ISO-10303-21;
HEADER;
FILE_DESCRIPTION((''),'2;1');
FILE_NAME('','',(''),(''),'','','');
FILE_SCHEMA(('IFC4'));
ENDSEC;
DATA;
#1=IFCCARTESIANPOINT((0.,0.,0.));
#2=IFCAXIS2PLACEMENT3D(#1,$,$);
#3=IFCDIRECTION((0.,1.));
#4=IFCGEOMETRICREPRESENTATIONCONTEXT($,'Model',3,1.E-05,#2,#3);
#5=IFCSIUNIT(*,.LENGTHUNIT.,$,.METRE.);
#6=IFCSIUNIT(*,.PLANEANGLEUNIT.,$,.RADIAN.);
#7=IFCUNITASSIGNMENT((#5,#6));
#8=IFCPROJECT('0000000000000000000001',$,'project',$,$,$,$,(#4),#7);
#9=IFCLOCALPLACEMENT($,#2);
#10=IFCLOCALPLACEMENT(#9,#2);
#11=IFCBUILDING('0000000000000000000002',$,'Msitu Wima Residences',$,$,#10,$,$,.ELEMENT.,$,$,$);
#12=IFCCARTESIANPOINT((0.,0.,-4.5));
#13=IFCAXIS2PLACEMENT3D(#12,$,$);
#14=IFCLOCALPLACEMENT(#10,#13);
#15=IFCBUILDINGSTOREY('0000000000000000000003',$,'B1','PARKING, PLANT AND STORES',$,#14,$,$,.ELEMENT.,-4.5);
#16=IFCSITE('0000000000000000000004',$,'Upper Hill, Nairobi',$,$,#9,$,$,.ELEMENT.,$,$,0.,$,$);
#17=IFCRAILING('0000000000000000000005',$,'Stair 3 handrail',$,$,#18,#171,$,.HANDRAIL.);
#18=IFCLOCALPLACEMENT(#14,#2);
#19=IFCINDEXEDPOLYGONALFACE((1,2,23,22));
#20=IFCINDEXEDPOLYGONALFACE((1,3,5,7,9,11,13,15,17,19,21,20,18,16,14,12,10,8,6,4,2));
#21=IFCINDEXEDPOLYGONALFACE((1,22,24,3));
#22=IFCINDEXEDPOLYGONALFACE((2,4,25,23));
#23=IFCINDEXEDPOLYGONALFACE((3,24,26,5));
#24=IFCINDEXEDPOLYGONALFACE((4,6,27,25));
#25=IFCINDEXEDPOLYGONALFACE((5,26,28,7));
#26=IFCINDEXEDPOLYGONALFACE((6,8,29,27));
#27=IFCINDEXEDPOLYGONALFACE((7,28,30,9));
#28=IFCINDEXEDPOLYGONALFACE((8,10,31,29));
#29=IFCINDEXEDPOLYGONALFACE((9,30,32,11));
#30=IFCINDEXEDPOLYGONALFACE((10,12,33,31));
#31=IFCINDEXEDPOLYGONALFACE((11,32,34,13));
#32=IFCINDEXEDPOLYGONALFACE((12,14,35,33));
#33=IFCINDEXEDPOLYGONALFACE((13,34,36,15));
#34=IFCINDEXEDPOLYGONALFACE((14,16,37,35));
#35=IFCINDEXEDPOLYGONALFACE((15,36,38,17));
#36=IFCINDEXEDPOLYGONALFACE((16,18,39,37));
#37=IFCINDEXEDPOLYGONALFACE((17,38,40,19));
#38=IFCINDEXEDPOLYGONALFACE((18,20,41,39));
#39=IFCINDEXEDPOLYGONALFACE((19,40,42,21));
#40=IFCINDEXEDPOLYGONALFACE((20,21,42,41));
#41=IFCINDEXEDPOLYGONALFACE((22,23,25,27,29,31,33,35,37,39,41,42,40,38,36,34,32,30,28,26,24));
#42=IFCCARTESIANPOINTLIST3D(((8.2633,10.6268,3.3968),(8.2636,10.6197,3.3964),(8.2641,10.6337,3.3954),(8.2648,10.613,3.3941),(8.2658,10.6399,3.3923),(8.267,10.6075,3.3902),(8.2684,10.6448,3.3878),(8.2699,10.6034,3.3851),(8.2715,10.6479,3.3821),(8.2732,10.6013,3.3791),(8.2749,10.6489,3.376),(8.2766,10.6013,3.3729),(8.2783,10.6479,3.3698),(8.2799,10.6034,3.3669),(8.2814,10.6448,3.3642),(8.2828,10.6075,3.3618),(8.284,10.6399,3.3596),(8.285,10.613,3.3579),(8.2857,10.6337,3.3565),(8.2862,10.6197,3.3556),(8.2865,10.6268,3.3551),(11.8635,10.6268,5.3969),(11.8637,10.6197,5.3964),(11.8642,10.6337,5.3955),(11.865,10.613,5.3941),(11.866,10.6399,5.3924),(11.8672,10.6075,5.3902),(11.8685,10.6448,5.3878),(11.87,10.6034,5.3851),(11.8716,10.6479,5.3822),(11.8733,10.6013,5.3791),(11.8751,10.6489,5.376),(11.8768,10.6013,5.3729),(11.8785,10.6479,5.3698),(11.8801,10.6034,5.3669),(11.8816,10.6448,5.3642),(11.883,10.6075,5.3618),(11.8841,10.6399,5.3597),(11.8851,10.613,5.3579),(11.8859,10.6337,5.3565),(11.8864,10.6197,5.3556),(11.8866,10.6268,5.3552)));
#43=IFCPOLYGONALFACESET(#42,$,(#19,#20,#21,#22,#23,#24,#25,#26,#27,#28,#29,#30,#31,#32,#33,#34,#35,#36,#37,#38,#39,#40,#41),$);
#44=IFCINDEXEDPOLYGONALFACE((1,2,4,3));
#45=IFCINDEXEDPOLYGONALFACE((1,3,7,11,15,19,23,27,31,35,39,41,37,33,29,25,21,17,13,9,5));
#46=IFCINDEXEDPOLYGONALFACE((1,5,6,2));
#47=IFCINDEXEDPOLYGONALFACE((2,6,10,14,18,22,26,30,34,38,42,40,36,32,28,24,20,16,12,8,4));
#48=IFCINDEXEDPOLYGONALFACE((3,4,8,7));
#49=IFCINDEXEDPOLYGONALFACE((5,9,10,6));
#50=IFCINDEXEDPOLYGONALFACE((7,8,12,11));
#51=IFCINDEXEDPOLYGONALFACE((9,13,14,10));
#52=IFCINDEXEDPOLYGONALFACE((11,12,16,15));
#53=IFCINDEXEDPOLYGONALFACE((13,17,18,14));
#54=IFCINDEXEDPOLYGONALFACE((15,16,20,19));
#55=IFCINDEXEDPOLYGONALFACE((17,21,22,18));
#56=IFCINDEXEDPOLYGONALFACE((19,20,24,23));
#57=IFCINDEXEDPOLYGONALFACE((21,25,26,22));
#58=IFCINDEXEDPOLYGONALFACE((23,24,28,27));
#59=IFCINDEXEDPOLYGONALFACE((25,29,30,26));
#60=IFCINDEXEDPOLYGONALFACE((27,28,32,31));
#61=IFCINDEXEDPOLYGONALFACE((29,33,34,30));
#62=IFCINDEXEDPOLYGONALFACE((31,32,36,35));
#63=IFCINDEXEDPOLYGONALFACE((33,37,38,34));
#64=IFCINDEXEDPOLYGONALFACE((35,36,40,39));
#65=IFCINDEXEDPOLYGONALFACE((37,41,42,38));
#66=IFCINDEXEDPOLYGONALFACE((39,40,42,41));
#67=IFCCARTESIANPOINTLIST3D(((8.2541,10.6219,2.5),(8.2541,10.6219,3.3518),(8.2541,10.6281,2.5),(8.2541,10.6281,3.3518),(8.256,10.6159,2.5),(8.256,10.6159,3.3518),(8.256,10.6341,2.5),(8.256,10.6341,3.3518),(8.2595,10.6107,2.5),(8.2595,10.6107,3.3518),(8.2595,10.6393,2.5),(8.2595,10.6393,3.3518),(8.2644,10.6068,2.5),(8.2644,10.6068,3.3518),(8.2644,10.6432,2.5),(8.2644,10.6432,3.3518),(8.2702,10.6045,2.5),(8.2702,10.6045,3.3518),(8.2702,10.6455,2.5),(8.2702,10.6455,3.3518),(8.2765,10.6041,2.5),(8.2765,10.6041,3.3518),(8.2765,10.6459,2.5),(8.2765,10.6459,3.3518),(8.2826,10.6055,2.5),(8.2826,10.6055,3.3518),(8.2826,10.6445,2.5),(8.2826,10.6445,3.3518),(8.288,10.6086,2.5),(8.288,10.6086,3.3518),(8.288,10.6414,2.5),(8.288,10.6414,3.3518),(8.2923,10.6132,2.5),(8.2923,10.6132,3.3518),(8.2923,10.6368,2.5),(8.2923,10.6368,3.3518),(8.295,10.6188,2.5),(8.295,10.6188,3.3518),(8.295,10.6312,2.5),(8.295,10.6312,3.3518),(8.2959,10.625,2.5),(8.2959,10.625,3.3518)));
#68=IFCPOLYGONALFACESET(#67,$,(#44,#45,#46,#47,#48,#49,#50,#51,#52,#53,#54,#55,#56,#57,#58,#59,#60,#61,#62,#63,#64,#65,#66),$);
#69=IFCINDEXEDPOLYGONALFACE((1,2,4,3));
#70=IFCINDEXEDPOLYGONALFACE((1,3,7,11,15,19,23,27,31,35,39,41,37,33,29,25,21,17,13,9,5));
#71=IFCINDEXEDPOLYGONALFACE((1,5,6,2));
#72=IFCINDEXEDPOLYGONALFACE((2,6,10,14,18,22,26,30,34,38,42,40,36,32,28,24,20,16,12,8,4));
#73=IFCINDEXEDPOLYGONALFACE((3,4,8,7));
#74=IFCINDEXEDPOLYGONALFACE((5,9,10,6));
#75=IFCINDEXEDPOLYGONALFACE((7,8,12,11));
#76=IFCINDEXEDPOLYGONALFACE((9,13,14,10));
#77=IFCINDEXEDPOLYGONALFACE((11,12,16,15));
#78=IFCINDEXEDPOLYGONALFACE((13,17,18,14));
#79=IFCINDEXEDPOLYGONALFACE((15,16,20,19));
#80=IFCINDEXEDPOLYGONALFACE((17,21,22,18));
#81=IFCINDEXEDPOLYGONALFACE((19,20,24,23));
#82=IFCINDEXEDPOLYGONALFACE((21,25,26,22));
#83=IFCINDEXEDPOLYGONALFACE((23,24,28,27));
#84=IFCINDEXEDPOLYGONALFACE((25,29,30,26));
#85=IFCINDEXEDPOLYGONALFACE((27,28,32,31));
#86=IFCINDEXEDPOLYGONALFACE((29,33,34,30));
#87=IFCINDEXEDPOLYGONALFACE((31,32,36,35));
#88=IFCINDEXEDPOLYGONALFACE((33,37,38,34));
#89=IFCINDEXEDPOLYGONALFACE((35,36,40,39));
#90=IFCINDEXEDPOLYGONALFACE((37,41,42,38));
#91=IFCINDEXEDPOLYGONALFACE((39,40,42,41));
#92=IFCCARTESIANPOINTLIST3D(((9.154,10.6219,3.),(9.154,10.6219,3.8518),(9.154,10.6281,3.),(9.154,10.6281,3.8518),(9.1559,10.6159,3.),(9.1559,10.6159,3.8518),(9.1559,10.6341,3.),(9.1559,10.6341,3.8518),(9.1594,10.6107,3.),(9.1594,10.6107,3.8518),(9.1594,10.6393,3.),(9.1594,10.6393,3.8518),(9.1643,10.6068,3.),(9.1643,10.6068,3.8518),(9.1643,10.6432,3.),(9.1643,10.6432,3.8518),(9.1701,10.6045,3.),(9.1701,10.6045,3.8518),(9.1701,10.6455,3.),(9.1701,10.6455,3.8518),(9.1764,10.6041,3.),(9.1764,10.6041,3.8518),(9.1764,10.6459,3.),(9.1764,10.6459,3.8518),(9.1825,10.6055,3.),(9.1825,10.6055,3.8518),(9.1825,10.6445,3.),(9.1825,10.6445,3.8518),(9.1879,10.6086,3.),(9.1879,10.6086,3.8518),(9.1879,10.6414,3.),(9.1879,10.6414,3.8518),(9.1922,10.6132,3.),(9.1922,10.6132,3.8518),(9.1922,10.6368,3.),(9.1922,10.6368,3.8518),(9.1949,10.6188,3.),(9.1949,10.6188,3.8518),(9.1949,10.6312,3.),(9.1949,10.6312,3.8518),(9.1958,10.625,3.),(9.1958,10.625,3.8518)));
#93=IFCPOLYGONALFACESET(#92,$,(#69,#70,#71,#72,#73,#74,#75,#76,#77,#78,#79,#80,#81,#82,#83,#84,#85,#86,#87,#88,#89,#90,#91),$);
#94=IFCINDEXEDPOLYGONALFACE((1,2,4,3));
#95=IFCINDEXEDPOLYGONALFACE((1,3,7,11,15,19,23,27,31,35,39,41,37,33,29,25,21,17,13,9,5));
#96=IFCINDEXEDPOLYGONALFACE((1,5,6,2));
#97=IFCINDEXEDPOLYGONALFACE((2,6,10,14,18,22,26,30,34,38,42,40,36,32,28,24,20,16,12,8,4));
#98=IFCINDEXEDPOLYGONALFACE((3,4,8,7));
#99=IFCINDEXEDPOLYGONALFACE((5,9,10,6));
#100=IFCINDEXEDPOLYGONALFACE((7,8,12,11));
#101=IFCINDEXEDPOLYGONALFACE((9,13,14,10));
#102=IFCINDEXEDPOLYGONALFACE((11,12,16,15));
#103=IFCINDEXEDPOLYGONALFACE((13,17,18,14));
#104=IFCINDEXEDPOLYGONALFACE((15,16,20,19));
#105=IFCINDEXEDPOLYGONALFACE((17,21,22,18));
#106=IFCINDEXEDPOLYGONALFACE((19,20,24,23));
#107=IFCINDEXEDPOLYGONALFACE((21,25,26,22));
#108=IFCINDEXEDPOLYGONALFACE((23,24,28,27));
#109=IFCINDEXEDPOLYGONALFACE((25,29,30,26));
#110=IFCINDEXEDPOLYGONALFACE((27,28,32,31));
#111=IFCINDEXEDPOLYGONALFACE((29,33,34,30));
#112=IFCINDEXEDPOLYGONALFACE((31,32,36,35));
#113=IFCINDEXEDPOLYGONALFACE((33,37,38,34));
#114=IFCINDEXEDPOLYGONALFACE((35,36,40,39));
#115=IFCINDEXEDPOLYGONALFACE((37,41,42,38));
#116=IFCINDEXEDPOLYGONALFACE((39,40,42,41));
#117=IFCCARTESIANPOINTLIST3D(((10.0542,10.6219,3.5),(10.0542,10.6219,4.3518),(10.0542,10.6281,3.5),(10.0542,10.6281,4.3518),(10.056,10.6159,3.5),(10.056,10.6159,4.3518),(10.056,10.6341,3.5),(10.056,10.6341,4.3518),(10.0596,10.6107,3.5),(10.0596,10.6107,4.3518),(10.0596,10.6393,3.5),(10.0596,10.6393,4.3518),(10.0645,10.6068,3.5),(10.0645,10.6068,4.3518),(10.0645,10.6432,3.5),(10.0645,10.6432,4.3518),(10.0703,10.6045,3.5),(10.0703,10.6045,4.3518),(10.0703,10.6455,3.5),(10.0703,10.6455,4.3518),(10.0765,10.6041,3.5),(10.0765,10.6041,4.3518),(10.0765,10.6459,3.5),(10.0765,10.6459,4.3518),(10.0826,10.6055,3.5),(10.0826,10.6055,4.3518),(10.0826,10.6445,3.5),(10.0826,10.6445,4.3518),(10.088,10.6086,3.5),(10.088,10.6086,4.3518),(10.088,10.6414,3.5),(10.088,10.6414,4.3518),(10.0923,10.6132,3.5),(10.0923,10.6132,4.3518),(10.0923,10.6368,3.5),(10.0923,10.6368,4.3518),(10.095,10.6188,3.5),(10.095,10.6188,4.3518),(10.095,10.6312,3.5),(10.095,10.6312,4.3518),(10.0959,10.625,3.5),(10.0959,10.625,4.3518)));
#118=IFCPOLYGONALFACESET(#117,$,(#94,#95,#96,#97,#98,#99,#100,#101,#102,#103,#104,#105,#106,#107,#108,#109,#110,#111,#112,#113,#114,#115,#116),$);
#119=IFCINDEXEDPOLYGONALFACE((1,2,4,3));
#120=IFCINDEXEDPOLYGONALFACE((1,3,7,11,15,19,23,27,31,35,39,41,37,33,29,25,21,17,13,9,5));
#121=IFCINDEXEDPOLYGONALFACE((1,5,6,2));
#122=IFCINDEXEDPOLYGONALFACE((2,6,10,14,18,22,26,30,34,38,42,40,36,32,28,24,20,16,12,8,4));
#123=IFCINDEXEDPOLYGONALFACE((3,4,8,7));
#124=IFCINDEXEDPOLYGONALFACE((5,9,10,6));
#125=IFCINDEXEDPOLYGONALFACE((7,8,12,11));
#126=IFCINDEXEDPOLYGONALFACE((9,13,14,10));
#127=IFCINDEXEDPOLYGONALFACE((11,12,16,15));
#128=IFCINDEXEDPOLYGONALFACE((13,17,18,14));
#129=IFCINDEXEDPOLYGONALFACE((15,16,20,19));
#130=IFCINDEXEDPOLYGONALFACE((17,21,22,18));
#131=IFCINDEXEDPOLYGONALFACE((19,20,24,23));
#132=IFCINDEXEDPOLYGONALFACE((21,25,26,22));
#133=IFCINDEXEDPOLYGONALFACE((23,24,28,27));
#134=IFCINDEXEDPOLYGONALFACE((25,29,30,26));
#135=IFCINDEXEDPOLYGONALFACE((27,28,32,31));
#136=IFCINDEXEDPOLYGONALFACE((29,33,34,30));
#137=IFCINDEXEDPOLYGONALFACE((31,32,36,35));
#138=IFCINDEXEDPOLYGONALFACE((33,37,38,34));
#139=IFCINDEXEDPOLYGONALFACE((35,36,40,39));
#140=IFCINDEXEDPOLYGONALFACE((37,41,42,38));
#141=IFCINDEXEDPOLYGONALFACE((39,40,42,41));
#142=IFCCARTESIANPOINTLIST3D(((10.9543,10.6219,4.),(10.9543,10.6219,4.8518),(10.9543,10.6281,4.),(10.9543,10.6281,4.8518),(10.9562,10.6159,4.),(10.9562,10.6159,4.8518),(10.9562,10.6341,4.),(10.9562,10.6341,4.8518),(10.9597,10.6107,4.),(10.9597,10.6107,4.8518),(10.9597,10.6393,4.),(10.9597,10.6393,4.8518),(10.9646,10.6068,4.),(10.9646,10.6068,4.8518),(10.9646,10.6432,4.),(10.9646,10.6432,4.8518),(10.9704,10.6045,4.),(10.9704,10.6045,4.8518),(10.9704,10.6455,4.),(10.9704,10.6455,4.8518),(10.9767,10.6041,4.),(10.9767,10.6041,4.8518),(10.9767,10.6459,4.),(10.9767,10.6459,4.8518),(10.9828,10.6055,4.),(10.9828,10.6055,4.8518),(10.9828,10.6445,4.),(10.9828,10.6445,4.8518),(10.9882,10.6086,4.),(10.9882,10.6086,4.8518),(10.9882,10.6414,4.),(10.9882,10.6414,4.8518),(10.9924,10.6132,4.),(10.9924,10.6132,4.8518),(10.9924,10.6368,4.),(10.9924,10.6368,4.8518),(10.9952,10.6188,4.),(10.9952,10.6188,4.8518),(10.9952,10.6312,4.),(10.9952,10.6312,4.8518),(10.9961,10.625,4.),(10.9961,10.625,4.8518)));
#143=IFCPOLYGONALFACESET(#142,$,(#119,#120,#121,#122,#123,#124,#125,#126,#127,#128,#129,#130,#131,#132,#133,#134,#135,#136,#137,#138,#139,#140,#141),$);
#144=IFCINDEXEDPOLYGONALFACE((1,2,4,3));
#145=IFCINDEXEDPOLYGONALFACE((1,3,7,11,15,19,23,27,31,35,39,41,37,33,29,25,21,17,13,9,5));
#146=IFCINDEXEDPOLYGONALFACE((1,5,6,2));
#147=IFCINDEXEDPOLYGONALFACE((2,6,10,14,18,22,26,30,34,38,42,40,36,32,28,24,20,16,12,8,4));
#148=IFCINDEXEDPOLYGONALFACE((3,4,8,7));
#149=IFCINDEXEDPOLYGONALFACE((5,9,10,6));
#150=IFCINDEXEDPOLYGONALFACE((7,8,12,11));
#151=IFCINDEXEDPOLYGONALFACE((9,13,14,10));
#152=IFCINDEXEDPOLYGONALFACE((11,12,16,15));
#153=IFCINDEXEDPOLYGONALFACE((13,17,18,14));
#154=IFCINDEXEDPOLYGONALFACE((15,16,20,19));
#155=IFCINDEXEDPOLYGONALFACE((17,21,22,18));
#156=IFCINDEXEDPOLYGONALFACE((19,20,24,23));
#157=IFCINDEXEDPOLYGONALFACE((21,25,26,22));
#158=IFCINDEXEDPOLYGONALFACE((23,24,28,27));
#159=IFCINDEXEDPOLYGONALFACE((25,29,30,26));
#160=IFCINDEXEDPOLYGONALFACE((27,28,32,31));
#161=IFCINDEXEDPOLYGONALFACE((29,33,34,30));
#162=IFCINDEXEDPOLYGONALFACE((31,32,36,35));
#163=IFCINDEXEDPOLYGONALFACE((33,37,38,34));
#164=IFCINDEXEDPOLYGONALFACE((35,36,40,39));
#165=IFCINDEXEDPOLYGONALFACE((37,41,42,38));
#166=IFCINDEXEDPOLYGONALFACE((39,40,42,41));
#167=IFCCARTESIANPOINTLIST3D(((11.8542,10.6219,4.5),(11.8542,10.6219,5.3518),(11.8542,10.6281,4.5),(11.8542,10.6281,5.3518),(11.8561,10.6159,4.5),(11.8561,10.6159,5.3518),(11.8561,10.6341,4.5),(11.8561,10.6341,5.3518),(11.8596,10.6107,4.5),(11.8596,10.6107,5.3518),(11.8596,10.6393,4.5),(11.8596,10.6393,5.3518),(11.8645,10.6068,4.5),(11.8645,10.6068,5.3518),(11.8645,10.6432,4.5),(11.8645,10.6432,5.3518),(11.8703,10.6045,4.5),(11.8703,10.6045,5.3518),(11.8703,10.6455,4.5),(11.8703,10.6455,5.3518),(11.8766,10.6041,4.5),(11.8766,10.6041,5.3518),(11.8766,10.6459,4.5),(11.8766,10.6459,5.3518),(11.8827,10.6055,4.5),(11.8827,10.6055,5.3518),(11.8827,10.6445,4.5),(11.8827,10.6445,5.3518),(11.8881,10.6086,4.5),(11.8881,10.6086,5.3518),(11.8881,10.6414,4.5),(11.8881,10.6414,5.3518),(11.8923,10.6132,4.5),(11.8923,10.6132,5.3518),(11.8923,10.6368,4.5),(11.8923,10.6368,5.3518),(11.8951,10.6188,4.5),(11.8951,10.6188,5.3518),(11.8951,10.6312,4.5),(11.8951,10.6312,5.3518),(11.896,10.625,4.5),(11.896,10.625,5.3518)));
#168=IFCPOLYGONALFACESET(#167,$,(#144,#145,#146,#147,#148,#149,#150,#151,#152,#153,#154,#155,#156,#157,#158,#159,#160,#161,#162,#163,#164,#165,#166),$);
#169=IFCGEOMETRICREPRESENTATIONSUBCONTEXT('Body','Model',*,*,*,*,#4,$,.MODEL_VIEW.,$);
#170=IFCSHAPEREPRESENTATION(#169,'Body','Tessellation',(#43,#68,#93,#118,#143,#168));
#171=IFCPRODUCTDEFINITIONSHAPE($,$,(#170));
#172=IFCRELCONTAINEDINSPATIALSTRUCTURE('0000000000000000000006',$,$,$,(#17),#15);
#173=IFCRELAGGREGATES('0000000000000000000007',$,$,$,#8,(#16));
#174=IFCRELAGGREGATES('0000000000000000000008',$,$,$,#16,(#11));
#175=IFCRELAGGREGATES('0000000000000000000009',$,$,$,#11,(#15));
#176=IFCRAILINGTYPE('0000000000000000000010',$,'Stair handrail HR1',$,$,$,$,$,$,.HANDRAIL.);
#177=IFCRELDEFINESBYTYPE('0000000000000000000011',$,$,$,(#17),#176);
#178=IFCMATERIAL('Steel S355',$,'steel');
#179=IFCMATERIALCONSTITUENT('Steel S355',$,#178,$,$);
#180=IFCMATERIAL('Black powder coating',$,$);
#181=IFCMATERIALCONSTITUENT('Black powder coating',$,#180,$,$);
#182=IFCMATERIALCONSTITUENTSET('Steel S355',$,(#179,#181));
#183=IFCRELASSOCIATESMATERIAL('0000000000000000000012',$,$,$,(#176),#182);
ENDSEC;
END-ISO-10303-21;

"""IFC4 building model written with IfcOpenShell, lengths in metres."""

from ifc_helpers import new_model, si_unit, direction, frame, origin, origin_2d, place, context, subcontext, project, spatial, circle, extrude, material, constituent, constituent_set, type_object, element, save


model = new_model("IFC4")

# Units and contexts
model_context = context("Model", 3, precision=1e-05, world=origin(), true_north=direction((0.0, 1.0)))
body_context = subcontext(model_context, "Body", "Model", "MODEL_VIEW")
ifc_project = project(units=[si_unit("LENGTHUNIT", "METRE"), si_unit("PLANEANGLEUNIT", "RADIAN")], contexts=[model_context])

# Site, building, storey
site_placement = place(None, origin())
site = spatial("IfcSite", under=ifc_project, at=site_placement, Name="Upper Hill, Nairobi", CompositionType="ELEMENT", RefElevation=0.0)
building_placement = place(site_placement, origin())
building = spatial("IfcBuilding", under=site, at=building_placement, Name="Msitu Wima Residences", CompositionType="ELEMENT")
storey_placement = place(building_placement, frame((0.0, 0.0, -4.5)))
storey = spatial("IfcBuildingStorey", under=building, at=storey_placement, Name="B1", Description="PARKING, PLANT AND STORES", CompositionType="ELEMENT", Elevation=-4.5)

# Railing
ifc_material_1 = material(Name="Steel S355", Category="steel")
ifc_constituent_1 = constituent(ifc_material_1, Name="Steel S355")
ifc_material_2 = material(Name="Black powder coating")
ifc_constituent_2 = constituent(ifc_material_2, Name="Black powder coating")
ifc_constituent_set_1 = constituent_set(constituents=[ifc_constituent_1, ifc_constituent_2], Name="Steel S355")
railing_type_1 = type_object("IfcRailingType", Name="Stair handrail HR1", PredefinedType="HANDRAIL", material=ifc_constituent_set_1)
for number, where, name in (
    (1, (8.2749, 10.625, 2.5), "Stair 3 handrail"),
):
    element("IfcRailing", number, at=place(storey_placement, frame(where)), inside=storey, type_object=railing_type_1, Name=name, PredefinedType="HANDRAIL", context=body_context, shape_type="SweptSolid", body=[
        extrude(circle(Radius=0.0239, at=origin_2d()), frame((0.0, 0.0, 0.876), z_axis=(0.874163, 0.0, 0.485633), x_axis=(0.0, 1.0, 0.0)), (0.0, 0.0, 1.0), 4.1184),
        extrude(circle(Radius=0.021, at=origin_2d()), origin(), (0.0, 0.0, 1.0), 0.8518),
        extrude(circle(Radius=0.021, at=origin_2d()), frame((0.8999, 0.0, 0.5)), (0.0, 0.0, 1.0), 0.8518),
        extrude(circle(Radius=0.021, at=origin_2d()), frame((1.8, 0.0, 1.0)), (0.0, 0.0, 1.0), 0.8518),
        extrude(circle(Radius=0.021, at=origin_2d()), frame((2.7002, 0.0, 1.5)), (0.0, 0.0, 1.0), 0.8518),
        extrude(circle(Radius=0.021, at=origin_2d()), frame((3.6001, 0.0, 2.0)), (0.0, 0.0, 1.0), 0.8518),
    ])

save(model, "model.ifc")
